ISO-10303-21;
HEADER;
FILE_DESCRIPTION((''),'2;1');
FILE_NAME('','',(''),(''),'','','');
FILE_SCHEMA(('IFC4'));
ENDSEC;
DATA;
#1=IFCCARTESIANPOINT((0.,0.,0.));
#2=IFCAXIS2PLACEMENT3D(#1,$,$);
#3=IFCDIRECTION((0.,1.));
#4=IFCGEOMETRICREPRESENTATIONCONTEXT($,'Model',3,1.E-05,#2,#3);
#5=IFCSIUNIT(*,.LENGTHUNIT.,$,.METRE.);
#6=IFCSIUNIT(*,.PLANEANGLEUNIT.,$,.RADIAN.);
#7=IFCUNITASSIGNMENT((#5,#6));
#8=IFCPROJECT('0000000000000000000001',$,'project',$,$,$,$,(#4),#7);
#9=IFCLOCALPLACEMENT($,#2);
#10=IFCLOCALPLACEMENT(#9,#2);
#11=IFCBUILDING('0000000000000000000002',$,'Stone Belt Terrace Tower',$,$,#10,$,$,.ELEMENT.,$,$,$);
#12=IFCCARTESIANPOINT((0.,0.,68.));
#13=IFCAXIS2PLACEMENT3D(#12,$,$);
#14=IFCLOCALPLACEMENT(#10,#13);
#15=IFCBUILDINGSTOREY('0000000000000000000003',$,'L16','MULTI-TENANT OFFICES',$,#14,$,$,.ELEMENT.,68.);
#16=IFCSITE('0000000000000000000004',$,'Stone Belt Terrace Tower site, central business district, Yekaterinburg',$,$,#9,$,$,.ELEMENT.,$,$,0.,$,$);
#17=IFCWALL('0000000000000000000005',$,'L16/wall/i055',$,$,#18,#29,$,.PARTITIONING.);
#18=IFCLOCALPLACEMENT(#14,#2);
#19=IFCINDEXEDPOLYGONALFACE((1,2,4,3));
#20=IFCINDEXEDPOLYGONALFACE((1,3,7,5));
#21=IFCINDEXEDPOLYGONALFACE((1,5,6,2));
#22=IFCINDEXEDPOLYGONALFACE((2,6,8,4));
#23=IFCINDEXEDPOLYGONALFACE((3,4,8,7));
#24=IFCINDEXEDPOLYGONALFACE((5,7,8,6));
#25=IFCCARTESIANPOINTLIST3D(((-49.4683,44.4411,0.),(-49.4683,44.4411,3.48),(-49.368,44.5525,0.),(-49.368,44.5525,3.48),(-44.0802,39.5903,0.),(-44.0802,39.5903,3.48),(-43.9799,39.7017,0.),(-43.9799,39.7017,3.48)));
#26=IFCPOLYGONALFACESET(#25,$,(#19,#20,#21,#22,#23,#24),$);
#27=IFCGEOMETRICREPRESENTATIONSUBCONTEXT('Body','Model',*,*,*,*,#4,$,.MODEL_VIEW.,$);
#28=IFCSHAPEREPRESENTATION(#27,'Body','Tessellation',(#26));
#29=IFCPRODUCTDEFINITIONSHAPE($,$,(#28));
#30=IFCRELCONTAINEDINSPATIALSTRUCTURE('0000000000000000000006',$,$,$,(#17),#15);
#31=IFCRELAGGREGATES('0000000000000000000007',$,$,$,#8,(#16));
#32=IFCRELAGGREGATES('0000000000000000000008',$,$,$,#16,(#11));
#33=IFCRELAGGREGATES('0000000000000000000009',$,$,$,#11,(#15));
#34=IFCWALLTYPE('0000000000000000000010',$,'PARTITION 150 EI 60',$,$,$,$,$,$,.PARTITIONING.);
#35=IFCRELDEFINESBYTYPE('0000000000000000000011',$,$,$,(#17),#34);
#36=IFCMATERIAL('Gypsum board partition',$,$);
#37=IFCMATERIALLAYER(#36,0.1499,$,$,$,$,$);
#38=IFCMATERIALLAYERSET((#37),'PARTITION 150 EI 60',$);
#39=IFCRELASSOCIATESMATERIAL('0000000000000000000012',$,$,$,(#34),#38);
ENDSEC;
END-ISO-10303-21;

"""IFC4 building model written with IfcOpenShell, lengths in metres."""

from ifc_helpers import new_model, si_unit, direction, frame, frame_2d, origin, place, context, subcontext, project, spatial, rectangle, extrude, material, layer, layer_set, type_object, element, save


model = new_model("IFC4")

# Units and contexts
model_context = context("Model", 3, precision=1e-05, world=origin(), true_north=direction((0.0, 1.0)))
body_context = subcontext(model_context, "Body", "Model", "MODEL_VIEW")
ifc_project = project(units=[si_unit("LENGTHUNIT", "METRE"), si_unit("PLANEANGLEUNIT", "RADIAN")], contexts=[model_context])

# Site, building, storey
site_placement = place(None, origin())
site = spatial("IfcSite", under=ifc_project, at=site_placement, Name="Stone Belt Terrace Tower site, central business district, Yekaterinburg", CompositionType="ELEMENT", RefElevation=0.0)
building_placement = place(site_placement, origin())
building = spatial("IfcBuilding", under=site, at=building_placement, Name="Stone Belt Terrace Tower", CompositionType="ELEMENT")
storey_placement = place(building_placement, frame((0.0, 0.0, 68.0)))
storey = spatial("IfcBuildingStorey", under=building, at=storey_placement, Name="L16", Description="MULTI-TENANT OFFICES", CompositionType="ELEMENT", Elevation=68.0)

# Shared definitions
ifc_material_1 = material(Name="Gypsum board partition")
ifc_layer_1 = layer(ifc_material_1, 0.1499)
ifc_layer_set_1 = layer_set([ifc_layer_1], Name="PARTITION 150 EI 60")
wall_type = type_object("IfcWallType", Name="PARTITION 150 EI 60", PredefinedType="PARTITIONING", material=ifc_layer_set_1)

# Wall
wall_1_placement = place(storey_placement, frame((-44.03, 39.646, 0.0), z_axis=(0.0, 0.0, 1.0), x_axis=(-0.743194, 0.669076, 0.0)))
element("IfcWall", 1, at=wall_1_placement, inside=storey, type_object=wall_type, Name="L16/wall/i055", PredefinedType="PARTITIONING", context=body_context, shape_type="SweptSolid", body=[
    extrude(rectangle(XDim=7.25, YDim=0.1499, at=frame_2d((3.625, 0.0))), origin(), (0.0, 0.0, 1.0), 3.48),
])

save(model, "model.ifc")
